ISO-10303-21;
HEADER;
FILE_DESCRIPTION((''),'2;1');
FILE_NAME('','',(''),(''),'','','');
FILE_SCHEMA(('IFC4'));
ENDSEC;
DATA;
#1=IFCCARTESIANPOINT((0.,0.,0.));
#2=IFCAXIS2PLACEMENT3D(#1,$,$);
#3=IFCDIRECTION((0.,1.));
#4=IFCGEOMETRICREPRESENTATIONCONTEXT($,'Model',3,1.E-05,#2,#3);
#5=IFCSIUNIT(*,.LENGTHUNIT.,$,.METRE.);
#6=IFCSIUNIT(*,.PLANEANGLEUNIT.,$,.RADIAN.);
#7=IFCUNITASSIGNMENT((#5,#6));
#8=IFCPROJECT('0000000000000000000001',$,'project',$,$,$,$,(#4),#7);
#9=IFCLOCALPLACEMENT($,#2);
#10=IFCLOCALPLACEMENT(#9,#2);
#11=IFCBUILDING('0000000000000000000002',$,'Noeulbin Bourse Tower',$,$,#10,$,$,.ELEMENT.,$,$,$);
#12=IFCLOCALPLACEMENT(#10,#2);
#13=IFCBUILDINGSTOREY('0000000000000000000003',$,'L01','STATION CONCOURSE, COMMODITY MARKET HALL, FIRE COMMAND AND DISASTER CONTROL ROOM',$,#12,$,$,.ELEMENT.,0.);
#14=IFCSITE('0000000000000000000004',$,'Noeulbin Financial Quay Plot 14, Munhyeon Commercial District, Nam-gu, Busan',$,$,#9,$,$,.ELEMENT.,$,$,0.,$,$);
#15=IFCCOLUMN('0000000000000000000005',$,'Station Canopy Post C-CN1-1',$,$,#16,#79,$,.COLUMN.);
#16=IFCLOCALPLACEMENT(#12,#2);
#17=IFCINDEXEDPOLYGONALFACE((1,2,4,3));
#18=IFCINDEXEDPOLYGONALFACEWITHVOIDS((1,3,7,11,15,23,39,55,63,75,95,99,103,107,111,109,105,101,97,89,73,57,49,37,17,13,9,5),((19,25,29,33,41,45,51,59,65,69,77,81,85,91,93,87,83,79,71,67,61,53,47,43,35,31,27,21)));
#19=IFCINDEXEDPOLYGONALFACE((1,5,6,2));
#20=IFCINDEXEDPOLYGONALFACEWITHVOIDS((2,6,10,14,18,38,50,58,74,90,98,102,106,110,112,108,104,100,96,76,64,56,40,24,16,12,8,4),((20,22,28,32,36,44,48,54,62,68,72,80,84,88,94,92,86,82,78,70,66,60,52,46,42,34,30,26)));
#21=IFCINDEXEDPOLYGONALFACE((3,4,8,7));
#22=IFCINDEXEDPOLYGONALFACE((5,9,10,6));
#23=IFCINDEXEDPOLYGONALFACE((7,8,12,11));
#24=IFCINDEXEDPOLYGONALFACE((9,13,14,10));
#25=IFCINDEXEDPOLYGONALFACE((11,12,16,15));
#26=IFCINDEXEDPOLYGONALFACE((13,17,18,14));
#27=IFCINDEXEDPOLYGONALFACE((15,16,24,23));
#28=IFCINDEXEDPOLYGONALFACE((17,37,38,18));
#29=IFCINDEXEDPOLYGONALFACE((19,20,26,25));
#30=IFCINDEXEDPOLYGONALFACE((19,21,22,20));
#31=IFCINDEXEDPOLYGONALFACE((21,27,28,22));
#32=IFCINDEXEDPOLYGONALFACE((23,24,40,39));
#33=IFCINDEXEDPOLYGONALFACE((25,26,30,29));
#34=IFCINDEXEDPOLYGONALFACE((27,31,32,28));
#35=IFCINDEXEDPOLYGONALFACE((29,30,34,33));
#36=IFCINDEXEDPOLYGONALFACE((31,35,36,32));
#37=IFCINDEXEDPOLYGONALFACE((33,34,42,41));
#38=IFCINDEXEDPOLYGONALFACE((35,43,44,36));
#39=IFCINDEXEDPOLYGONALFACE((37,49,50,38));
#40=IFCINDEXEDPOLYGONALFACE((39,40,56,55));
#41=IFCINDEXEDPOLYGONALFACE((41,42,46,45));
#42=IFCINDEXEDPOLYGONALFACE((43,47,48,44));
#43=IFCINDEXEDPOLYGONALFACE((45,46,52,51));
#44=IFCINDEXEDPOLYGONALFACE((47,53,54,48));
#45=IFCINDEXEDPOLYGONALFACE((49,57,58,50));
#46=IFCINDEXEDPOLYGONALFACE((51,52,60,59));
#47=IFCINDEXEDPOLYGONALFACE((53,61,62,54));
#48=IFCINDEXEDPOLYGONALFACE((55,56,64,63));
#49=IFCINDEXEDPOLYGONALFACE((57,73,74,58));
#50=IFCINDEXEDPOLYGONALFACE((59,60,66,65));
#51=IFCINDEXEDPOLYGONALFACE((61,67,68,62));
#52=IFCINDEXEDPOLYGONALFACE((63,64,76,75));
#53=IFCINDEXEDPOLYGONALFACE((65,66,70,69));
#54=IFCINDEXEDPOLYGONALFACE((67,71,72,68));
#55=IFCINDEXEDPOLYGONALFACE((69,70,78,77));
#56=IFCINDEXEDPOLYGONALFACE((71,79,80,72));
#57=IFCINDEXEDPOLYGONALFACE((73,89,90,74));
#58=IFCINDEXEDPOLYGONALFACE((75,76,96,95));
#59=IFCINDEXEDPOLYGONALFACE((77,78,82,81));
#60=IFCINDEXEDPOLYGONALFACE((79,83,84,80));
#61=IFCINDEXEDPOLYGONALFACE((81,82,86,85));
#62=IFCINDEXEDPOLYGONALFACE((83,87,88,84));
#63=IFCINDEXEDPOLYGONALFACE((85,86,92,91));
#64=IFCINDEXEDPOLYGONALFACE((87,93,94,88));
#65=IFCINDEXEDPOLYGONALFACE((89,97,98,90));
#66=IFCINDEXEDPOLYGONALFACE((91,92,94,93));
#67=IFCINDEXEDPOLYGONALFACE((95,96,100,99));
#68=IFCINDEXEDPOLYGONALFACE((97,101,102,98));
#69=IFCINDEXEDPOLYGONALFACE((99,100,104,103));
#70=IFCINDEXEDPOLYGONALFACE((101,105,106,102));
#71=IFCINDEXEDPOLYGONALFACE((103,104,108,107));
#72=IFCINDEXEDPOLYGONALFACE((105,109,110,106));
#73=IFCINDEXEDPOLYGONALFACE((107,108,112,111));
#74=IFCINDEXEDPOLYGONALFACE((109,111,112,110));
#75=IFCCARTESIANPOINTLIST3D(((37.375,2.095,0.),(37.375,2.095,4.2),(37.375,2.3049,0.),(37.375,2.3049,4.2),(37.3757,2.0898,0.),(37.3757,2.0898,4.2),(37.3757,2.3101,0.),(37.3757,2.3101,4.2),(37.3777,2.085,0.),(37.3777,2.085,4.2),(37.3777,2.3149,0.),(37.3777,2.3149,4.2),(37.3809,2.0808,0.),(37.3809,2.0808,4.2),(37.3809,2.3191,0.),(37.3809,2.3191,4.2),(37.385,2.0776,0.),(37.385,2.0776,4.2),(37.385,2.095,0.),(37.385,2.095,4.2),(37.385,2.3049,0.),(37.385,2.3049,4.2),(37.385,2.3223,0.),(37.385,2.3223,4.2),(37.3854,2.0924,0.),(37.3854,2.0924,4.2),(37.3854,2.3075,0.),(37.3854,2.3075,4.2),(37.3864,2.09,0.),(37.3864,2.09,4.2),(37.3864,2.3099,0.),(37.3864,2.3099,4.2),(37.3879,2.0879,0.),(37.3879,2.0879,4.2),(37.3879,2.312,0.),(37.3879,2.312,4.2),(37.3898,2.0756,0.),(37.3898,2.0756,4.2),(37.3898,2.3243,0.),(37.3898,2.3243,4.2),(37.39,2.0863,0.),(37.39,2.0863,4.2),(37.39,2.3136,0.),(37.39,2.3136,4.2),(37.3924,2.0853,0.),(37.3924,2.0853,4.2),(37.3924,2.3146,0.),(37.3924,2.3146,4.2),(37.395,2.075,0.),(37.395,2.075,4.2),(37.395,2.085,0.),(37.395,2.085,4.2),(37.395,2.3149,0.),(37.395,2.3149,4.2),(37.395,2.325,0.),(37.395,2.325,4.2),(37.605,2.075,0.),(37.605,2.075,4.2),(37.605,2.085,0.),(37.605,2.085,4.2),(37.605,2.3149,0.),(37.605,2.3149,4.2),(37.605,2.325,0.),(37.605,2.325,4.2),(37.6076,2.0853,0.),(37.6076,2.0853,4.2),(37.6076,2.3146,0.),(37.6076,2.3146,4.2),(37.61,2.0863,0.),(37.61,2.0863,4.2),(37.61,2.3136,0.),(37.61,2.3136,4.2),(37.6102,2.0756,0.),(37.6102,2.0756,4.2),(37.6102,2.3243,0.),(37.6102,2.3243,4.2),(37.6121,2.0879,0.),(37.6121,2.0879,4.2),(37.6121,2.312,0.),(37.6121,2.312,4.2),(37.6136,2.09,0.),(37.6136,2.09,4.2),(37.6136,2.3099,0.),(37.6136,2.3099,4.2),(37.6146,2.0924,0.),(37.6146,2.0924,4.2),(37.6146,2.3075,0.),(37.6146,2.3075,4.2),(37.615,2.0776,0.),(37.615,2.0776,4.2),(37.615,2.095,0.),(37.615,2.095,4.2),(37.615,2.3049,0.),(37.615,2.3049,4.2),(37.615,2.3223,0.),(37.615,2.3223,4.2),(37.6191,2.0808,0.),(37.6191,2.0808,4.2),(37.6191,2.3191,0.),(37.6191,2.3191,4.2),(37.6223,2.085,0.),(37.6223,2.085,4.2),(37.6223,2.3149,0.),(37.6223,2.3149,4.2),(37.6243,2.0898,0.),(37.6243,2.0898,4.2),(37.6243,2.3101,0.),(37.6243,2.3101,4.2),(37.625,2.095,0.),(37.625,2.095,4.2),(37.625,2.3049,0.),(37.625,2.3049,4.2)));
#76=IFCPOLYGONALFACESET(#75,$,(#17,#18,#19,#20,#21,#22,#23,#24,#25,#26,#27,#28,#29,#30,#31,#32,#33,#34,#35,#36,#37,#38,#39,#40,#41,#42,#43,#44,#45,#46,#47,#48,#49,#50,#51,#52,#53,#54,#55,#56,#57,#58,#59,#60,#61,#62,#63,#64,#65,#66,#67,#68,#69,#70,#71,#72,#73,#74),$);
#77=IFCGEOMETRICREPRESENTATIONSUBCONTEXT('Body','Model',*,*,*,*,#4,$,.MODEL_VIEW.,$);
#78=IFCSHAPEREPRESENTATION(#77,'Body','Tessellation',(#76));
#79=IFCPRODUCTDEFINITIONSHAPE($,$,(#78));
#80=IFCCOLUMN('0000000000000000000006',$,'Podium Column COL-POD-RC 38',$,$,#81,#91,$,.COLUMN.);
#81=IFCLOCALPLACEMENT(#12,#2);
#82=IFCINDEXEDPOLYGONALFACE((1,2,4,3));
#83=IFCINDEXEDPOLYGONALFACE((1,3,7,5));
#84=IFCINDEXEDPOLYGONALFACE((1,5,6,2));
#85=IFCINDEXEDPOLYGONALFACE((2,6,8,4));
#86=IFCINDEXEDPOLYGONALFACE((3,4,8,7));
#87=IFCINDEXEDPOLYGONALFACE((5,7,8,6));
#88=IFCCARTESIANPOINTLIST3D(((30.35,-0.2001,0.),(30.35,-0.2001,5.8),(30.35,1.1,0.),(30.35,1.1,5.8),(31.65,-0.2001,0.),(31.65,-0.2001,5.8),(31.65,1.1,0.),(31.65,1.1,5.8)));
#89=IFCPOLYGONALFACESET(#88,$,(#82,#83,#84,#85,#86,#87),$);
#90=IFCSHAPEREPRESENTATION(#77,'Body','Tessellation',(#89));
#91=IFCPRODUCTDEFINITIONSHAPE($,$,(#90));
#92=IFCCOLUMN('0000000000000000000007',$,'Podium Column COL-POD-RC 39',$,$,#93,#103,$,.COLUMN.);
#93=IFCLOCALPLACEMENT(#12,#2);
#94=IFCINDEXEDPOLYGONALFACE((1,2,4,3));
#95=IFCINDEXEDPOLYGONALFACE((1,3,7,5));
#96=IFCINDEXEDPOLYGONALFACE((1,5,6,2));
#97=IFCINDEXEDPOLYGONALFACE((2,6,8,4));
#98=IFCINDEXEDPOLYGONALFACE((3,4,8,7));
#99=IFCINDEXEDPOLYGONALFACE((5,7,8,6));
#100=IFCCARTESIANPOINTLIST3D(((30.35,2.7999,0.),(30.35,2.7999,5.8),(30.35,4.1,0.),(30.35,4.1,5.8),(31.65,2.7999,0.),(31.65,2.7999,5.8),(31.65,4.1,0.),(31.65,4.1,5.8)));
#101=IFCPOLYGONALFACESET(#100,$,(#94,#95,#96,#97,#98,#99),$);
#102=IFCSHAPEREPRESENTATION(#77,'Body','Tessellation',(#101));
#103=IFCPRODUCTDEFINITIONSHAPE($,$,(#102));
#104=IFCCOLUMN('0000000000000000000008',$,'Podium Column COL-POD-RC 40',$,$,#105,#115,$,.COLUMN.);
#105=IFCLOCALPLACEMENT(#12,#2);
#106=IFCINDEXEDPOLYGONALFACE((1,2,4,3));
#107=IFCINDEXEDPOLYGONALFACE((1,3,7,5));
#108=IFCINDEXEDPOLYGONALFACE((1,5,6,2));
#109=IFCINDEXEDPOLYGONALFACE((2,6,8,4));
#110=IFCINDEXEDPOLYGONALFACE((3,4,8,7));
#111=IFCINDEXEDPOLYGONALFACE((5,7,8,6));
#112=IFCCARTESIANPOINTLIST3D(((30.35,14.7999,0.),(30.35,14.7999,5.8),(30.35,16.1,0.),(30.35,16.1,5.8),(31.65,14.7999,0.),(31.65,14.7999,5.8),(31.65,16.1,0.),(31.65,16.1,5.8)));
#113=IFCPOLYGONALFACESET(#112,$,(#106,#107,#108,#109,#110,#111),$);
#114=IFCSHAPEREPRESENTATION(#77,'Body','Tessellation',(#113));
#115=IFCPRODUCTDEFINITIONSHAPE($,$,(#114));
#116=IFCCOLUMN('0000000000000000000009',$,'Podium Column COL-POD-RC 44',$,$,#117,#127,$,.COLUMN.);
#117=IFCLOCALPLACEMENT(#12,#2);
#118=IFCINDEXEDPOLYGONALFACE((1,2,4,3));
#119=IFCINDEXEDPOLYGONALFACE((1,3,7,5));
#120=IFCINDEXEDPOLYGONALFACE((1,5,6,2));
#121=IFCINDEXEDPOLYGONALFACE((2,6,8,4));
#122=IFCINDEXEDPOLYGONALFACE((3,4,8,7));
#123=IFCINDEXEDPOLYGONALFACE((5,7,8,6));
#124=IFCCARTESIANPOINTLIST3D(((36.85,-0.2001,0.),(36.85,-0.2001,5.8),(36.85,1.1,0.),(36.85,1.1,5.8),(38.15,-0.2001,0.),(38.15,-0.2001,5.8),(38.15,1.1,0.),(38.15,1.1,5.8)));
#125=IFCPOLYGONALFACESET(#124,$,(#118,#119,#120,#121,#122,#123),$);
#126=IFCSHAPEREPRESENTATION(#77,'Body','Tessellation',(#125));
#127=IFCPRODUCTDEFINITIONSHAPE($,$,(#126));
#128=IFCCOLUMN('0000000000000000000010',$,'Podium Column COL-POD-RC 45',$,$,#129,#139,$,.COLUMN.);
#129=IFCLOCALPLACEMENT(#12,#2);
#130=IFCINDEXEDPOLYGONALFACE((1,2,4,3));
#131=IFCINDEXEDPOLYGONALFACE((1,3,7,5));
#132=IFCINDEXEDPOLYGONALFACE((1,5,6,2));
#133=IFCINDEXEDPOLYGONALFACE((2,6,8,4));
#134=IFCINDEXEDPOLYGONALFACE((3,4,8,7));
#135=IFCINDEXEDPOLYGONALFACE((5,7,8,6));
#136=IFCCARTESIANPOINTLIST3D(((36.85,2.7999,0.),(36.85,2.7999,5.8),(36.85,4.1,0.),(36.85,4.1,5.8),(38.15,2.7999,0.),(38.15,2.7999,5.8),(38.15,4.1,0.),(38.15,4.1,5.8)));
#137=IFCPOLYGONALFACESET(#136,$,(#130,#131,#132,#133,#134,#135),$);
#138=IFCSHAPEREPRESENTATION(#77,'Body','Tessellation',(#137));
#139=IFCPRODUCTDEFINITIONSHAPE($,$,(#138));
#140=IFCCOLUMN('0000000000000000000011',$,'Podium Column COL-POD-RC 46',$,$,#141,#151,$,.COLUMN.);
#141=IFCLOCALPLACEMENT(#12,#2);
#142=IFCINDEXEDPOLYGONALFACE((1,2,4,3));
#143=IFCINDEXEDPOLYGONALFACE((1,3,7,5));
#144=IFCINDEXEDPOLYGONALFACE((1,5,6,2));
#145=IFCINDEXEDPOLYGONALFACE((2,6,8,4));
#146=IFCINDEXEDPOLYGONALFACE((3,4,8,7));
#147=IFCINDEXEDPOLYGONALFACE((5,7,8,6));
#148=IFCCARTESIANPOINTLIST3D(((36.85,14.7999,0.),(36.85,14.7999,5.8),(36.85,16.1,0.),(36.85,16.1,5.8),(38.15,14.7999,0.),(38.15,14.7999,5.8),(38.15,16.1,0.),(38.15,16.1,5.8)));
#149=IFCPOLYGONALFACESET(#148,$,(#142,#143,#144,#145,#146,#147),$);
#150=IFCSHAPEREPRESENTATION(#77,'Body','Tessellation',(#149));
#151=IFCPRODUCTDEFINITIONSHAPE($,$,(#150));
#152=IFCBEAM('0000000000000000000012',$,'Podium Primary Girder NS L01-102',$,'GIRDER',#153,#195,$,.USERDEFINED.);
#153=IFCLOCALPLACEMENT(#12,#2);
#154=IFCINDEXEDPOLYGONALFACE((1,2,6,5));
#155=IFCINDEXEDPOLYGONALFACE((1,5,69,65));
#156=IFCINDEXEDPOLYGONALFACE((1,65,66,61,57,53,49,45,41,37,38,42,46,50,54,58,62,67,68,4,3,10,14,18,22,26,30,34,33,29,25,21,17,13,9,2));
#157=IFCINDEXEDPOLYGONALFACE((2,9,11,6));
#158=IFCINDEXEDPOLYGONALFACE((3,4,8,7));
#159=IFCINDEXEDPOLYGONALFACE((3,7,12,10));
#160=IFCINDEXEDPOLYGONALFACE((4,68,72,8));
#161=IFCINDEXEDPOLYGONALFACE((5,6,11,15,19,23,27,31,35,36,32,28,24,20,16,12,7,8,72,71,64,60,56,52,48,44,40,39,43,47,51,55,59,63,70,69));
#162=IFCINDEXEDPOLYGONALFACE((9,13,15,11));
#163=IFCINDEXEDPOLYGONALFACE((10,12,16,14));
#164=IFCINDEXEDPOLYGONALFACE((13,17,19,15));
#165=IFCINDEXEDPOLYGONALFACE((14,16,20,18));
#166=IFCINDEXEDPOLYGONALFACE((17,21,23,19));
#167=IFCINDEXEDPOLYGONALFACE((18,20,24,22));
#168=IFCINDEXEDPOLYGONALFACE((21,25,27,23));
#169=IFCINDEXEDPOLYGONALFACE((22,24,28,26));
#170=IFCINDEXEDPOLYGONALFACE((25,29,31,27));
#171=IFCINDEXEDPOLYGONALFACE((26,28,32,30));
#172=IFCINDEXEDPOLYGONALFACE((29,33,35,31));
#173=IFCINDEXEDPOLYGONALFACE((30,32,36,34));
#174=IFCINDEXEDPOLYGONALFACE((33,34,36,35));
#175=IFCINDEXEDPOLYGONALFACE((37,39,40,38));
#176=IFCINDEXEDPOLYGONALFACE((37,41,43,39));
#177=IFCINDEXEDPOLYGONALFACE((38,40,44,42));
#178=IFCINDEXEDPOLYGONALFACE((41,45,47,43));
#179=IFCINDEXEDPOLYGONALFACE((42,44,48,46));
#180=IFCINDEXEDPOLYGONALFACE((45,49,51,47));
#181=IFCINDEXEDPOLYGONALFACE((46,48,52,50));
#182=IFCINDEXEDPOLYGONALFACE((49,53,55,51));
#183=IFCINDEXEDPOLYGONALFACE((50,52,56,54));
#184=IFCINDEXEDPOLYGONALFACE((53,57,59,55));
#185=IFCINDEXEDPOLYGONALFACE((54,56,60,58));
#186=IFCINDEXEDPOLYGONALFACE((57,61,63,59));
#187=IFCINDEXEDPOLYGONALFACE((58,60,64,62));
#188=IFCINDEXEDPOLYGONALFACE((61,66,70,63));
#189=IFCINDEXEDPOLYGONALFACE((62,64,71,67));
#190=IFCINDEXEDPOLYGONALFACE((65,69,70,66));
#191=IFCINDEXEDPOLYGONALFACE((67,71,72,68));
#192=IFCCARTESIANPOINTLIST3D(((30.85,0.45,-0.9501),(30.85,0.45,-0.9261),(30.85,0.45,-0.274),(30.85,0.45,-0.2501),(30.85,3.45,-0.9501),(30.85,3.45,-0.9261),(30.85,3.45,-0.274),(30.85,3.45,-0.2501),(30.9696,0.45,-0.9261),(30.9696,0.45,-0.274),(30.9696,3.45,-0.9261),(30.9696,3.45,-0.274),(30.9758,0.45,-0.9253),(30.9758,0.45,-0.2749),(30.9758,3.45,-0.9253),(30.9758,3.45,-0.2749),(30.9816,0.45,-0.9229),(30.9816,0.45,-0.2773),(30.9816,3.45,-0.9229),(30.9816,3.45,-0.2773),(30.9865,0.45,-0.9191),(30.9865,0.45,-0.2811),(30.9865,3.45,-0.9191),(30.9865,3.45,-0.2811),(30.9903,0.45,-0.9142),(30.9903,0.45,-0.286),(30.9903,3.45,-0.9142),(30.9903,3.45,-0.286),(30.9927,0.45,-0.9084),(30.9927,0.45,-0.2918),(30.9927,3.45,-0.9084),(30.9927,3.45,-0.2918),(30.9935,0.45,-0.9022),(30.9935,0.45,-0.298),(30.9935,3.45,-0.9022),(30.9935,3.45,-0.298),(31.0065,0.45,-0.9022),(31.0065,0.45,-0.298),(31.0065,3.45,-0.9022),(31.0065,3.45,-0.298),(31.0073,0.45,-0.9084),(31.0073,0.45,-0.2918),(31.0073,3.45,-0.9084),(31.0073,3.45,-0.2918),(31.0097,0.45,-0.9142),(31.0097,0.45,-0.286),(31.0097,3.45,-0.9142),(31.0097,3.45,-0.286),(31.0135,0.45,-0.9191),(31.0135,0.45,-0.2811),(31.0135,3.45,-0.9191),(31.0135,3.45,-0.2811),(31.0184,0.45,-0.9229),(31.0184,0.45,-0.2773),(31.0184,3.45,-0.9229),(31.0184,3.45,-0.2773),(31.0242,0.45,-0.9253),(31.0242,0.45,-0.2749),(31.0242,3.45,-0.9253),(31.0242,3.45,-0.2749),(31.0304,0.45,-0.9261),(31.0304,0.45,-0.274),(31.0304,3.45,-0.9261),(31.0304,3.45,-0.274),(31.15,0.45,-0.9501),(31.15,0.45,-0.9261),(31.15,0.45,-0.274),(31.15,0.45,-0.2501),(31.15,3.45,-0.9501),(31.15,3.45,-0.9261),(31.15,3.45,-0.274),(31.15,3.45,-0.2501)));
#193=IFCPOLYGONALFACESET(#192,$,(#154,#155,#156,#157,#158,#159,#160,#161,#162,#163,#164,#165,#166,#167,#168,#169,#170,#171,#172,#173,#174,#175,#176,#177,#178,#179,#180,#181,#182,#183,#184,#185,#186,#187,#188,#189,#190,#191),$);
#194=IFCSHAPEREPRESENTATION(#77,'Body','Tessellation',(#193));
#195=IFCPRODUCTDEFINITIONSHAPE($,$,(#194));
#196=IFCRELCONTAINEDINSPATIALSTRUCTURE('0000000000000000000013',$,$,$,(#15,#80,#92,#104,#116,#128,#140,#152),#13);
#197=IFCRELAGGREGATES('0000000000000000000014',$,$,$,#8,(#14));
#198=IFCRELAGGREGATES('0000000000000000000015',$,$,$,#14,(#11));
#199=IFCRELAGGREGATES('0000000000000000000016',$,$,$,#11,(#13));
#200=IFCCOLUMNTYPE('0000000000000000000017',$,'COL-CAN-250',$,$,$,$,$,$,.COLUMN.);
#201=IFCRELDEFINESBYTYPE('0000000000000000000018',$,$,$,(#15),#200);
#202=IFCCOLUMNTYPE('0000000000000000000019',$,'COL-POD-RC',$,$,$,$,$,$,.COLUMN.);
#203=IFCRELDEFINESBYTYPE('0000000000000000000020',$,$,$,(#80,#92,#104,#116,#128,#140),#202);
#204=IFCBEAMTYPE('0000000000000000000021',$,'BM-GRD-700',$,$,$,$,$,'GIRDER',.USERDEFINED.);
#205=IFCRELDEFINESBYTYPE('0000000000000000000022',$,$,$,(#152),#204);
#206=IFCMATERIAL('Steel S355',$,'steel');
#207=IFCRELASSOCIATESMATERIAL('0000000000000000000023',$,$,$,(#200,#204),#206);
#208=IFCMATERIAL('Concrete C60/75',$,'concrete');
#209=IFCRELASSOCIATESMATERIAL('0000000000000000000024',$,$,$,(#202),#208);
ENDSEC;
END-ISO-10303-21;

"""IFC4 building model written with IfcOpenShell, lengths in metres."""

from ifc_helpers import new_model, si_unit, direction, frame, origin, origin_2d, place, context, subcontext, project, spatial, rectangle, hollow_rectangle, i_section, extrude, material, material_profile, profile_set, type_object, element, save


model = new_model("IFC4")

# Units and contexts
model_context = context("Model", 3, precision=1e-05, world=origin(), true_north=direction((0.0, 1.0)))
body_context = subcontext(model_context, "Body", "Model", "MODEL_VIEW")
ifc_project = project(units=[si_unit("LENGTHUNIT", "METRE"), si_unit("PLANEANGLEUNIT", "RADIAN")], contexts=[model_context])

# Site, building, storey
site_placement = place(None, origin())
site = spatial("IfcSite", under=ifc_project, at=site_placement, Name="Noeulbin Financial Quay Plot 14, Munhyeon Commercial District, Nam-gu, Busan", CompositionType="ELEMENT", RefElevation=0.0)
building_placement = place(site_placement, origin())
building = spatial("IfcBuilding", under=site, at=building_placement, Name="Noeulbin Bourse Tower", CompositionType="ELEMENT")
storey_placement = place(building_placement, origin())
storey = spatial("IfcBuildingStorey", under=building, at=storey_placement, Name="L01", Description="STATION CONCOURSE, COMMODITY MARKET HALL, FIRE COMMAND AND DISASTER CONTROL ROOM", CompositionType="ELEMENT", Elevation=0.0)

# Columns
ifc_material_1 = material(Name="Steel S355", Category="steel")
ifc_material_profile_1 = material_profile(ifc_material_1, hollow_rectangle(XDim=0.25, YDim=0.25, WallThickness=0.01, InnerFilletRadius=0.01, OuterFilletRadius=0.02, at=origin_2d()), Name="SHS-250x250x10", Category="LoadBearing")
ifc_profile_set_1 = profile_set([ifc_material_profile_1], Name="Steel S355")
column_type_1 = type_object("IfcColumnType", Name="COL-CAN-250", PredefinedType="COLUMN", material=ifc_profile_set_1)
column_placement = place(storey_placement, frame((37.5, 2.2, 0.0), z_axis=(0.0, 0.0, 1.0), x_axis=(1.0, 0.0, 0.0)))
element("IfcColumn", 1, at=column_placement, inside=storey, type_object=column_type_1, Name="Station Canopy Post C-CN1-1", PredefinedType="COLUMN", context=body_context, shape_type="SweptSolid", body=[
    extrude(hollow_rectangle(XDim=0.25, YDim=0.25, WallThickness=0.01, InnerFilletRadius=0.01, OuterFilletRadius=0.02, at=origin_2d()), origin(), (0.0, 0.0, 1.0), 4.2),
])
ifc_material_2 = material(Name="Concrete C60/75", Category="concrete")
ifc_material_profile_2 = material_profile(ifc_material_2, rectangle(XDim=1.3, YDim=1.3, at=origin_2d()), Name="RC-COL-1300x1300", Category="LoadBearing")
ifc_profile_set_2 = profile_set([ifc_material_profile_2], Name="Concrete C60/75")
column_type_2 = type_object("IfcColumnType", Name="COL-POD-RC", PredefinedType="COLUMN", material=ifc_profile_set_2)
for number, where, z_axis, x_axis, name in (
    (2, (31.0, 0.45, 0.0), (0.0, 0.0, 1.0), (1.0, 0.0, 0.0), "Podium Column COL-POD-RC 38"),
    (3, (31.0, 3.45, 0.0), (0.0, 0.0, 1.0), (1.0, 0.0, 0.0), "Podium Column COL-POD-RC 39"),
    (4, (31.0, 15.45, 0.0), (0.0, 0.0, 1.0), (1.0, 0.0, 0.0), "Podium Column COL-POD-RC 40"),
    (5, (37.5, 0.45, 0.0), (0.0, 0.0, 1.0), (1.0, 0.0, 0.0), "Podium Column COL-POD-RC 44"),
    (6, (37.5, 3.45, 0.0), (0.0, 0.0, 1.0), (1.0, 0.0, 0.0), "Podium Column COL-POD-RC 45"),
    (7, (37.5, 15.45, 0.0), (0.0, 0.0, 1.0), (1.0, 0.0, 0.0), "Podium Column COL-POD-RC 46"),
):
    element("IfcColumn", number, at=place(storey_placement, frame(where, z_axis=z_axis, x_axis=x_axis)), inside=storey, type_object=column_type_2, Name=name, PredefinedType="COLUMN", context=body_context, shape_type="SweptSolid", body=[
        extrude(rectangle(XDim=1.3, YDim=1.3, at=origin_2d()), origin(), (0.0, 0.0, 1.0), 5.8),
    ])

# Beam
ifc_material_profile_3 = material_profile(ifc_material_1, i_section(OverallWidth=0.3, OverallDepth=0.7, WebThickness=0.0129, FlangeThickness=0.0239, FilletRadius=0.0239, at=origin_2d()), Name="H-700x300x13x24", Category="LoadBearing")
ifc_profile_set_3 = profile_set([ifc_material_profile_3], Name="Steel S355")
beam_type_1 = type_object("IfcBeamType", Name="BM-GRD-700", ElementType="GIRDER", PredefinedType="USERDEFINED", material=ifc_profile_set_3)
beam_1_placement = place(storey_placement, frame((31.0, 0.45, -0.6001), z_axis=(0.0, 1.0, 0.0), x_axis=(-1.0, 0.0, 0.0)))
element("IfcBeam", 8, at=beam_1_placement, inside=storey, type_object=beam_type_1, Name="Podium Primary Girder NS L01-102", ObjectType="GIRDER", PredefinedType="USERDEFINED", context=body_context, shape_type="SweptSolid", body=[
    extrude(i_section(OverallWidth=0.3, OverallDepth=0.7, WebThickness=0.0129, FlangeThickness=0.0239, FilletRadius=0.0239, at=origin_2d()), origin(), (0.0, 0.0, 1.0), 3.0),
])

save(model, "model.ifc")
